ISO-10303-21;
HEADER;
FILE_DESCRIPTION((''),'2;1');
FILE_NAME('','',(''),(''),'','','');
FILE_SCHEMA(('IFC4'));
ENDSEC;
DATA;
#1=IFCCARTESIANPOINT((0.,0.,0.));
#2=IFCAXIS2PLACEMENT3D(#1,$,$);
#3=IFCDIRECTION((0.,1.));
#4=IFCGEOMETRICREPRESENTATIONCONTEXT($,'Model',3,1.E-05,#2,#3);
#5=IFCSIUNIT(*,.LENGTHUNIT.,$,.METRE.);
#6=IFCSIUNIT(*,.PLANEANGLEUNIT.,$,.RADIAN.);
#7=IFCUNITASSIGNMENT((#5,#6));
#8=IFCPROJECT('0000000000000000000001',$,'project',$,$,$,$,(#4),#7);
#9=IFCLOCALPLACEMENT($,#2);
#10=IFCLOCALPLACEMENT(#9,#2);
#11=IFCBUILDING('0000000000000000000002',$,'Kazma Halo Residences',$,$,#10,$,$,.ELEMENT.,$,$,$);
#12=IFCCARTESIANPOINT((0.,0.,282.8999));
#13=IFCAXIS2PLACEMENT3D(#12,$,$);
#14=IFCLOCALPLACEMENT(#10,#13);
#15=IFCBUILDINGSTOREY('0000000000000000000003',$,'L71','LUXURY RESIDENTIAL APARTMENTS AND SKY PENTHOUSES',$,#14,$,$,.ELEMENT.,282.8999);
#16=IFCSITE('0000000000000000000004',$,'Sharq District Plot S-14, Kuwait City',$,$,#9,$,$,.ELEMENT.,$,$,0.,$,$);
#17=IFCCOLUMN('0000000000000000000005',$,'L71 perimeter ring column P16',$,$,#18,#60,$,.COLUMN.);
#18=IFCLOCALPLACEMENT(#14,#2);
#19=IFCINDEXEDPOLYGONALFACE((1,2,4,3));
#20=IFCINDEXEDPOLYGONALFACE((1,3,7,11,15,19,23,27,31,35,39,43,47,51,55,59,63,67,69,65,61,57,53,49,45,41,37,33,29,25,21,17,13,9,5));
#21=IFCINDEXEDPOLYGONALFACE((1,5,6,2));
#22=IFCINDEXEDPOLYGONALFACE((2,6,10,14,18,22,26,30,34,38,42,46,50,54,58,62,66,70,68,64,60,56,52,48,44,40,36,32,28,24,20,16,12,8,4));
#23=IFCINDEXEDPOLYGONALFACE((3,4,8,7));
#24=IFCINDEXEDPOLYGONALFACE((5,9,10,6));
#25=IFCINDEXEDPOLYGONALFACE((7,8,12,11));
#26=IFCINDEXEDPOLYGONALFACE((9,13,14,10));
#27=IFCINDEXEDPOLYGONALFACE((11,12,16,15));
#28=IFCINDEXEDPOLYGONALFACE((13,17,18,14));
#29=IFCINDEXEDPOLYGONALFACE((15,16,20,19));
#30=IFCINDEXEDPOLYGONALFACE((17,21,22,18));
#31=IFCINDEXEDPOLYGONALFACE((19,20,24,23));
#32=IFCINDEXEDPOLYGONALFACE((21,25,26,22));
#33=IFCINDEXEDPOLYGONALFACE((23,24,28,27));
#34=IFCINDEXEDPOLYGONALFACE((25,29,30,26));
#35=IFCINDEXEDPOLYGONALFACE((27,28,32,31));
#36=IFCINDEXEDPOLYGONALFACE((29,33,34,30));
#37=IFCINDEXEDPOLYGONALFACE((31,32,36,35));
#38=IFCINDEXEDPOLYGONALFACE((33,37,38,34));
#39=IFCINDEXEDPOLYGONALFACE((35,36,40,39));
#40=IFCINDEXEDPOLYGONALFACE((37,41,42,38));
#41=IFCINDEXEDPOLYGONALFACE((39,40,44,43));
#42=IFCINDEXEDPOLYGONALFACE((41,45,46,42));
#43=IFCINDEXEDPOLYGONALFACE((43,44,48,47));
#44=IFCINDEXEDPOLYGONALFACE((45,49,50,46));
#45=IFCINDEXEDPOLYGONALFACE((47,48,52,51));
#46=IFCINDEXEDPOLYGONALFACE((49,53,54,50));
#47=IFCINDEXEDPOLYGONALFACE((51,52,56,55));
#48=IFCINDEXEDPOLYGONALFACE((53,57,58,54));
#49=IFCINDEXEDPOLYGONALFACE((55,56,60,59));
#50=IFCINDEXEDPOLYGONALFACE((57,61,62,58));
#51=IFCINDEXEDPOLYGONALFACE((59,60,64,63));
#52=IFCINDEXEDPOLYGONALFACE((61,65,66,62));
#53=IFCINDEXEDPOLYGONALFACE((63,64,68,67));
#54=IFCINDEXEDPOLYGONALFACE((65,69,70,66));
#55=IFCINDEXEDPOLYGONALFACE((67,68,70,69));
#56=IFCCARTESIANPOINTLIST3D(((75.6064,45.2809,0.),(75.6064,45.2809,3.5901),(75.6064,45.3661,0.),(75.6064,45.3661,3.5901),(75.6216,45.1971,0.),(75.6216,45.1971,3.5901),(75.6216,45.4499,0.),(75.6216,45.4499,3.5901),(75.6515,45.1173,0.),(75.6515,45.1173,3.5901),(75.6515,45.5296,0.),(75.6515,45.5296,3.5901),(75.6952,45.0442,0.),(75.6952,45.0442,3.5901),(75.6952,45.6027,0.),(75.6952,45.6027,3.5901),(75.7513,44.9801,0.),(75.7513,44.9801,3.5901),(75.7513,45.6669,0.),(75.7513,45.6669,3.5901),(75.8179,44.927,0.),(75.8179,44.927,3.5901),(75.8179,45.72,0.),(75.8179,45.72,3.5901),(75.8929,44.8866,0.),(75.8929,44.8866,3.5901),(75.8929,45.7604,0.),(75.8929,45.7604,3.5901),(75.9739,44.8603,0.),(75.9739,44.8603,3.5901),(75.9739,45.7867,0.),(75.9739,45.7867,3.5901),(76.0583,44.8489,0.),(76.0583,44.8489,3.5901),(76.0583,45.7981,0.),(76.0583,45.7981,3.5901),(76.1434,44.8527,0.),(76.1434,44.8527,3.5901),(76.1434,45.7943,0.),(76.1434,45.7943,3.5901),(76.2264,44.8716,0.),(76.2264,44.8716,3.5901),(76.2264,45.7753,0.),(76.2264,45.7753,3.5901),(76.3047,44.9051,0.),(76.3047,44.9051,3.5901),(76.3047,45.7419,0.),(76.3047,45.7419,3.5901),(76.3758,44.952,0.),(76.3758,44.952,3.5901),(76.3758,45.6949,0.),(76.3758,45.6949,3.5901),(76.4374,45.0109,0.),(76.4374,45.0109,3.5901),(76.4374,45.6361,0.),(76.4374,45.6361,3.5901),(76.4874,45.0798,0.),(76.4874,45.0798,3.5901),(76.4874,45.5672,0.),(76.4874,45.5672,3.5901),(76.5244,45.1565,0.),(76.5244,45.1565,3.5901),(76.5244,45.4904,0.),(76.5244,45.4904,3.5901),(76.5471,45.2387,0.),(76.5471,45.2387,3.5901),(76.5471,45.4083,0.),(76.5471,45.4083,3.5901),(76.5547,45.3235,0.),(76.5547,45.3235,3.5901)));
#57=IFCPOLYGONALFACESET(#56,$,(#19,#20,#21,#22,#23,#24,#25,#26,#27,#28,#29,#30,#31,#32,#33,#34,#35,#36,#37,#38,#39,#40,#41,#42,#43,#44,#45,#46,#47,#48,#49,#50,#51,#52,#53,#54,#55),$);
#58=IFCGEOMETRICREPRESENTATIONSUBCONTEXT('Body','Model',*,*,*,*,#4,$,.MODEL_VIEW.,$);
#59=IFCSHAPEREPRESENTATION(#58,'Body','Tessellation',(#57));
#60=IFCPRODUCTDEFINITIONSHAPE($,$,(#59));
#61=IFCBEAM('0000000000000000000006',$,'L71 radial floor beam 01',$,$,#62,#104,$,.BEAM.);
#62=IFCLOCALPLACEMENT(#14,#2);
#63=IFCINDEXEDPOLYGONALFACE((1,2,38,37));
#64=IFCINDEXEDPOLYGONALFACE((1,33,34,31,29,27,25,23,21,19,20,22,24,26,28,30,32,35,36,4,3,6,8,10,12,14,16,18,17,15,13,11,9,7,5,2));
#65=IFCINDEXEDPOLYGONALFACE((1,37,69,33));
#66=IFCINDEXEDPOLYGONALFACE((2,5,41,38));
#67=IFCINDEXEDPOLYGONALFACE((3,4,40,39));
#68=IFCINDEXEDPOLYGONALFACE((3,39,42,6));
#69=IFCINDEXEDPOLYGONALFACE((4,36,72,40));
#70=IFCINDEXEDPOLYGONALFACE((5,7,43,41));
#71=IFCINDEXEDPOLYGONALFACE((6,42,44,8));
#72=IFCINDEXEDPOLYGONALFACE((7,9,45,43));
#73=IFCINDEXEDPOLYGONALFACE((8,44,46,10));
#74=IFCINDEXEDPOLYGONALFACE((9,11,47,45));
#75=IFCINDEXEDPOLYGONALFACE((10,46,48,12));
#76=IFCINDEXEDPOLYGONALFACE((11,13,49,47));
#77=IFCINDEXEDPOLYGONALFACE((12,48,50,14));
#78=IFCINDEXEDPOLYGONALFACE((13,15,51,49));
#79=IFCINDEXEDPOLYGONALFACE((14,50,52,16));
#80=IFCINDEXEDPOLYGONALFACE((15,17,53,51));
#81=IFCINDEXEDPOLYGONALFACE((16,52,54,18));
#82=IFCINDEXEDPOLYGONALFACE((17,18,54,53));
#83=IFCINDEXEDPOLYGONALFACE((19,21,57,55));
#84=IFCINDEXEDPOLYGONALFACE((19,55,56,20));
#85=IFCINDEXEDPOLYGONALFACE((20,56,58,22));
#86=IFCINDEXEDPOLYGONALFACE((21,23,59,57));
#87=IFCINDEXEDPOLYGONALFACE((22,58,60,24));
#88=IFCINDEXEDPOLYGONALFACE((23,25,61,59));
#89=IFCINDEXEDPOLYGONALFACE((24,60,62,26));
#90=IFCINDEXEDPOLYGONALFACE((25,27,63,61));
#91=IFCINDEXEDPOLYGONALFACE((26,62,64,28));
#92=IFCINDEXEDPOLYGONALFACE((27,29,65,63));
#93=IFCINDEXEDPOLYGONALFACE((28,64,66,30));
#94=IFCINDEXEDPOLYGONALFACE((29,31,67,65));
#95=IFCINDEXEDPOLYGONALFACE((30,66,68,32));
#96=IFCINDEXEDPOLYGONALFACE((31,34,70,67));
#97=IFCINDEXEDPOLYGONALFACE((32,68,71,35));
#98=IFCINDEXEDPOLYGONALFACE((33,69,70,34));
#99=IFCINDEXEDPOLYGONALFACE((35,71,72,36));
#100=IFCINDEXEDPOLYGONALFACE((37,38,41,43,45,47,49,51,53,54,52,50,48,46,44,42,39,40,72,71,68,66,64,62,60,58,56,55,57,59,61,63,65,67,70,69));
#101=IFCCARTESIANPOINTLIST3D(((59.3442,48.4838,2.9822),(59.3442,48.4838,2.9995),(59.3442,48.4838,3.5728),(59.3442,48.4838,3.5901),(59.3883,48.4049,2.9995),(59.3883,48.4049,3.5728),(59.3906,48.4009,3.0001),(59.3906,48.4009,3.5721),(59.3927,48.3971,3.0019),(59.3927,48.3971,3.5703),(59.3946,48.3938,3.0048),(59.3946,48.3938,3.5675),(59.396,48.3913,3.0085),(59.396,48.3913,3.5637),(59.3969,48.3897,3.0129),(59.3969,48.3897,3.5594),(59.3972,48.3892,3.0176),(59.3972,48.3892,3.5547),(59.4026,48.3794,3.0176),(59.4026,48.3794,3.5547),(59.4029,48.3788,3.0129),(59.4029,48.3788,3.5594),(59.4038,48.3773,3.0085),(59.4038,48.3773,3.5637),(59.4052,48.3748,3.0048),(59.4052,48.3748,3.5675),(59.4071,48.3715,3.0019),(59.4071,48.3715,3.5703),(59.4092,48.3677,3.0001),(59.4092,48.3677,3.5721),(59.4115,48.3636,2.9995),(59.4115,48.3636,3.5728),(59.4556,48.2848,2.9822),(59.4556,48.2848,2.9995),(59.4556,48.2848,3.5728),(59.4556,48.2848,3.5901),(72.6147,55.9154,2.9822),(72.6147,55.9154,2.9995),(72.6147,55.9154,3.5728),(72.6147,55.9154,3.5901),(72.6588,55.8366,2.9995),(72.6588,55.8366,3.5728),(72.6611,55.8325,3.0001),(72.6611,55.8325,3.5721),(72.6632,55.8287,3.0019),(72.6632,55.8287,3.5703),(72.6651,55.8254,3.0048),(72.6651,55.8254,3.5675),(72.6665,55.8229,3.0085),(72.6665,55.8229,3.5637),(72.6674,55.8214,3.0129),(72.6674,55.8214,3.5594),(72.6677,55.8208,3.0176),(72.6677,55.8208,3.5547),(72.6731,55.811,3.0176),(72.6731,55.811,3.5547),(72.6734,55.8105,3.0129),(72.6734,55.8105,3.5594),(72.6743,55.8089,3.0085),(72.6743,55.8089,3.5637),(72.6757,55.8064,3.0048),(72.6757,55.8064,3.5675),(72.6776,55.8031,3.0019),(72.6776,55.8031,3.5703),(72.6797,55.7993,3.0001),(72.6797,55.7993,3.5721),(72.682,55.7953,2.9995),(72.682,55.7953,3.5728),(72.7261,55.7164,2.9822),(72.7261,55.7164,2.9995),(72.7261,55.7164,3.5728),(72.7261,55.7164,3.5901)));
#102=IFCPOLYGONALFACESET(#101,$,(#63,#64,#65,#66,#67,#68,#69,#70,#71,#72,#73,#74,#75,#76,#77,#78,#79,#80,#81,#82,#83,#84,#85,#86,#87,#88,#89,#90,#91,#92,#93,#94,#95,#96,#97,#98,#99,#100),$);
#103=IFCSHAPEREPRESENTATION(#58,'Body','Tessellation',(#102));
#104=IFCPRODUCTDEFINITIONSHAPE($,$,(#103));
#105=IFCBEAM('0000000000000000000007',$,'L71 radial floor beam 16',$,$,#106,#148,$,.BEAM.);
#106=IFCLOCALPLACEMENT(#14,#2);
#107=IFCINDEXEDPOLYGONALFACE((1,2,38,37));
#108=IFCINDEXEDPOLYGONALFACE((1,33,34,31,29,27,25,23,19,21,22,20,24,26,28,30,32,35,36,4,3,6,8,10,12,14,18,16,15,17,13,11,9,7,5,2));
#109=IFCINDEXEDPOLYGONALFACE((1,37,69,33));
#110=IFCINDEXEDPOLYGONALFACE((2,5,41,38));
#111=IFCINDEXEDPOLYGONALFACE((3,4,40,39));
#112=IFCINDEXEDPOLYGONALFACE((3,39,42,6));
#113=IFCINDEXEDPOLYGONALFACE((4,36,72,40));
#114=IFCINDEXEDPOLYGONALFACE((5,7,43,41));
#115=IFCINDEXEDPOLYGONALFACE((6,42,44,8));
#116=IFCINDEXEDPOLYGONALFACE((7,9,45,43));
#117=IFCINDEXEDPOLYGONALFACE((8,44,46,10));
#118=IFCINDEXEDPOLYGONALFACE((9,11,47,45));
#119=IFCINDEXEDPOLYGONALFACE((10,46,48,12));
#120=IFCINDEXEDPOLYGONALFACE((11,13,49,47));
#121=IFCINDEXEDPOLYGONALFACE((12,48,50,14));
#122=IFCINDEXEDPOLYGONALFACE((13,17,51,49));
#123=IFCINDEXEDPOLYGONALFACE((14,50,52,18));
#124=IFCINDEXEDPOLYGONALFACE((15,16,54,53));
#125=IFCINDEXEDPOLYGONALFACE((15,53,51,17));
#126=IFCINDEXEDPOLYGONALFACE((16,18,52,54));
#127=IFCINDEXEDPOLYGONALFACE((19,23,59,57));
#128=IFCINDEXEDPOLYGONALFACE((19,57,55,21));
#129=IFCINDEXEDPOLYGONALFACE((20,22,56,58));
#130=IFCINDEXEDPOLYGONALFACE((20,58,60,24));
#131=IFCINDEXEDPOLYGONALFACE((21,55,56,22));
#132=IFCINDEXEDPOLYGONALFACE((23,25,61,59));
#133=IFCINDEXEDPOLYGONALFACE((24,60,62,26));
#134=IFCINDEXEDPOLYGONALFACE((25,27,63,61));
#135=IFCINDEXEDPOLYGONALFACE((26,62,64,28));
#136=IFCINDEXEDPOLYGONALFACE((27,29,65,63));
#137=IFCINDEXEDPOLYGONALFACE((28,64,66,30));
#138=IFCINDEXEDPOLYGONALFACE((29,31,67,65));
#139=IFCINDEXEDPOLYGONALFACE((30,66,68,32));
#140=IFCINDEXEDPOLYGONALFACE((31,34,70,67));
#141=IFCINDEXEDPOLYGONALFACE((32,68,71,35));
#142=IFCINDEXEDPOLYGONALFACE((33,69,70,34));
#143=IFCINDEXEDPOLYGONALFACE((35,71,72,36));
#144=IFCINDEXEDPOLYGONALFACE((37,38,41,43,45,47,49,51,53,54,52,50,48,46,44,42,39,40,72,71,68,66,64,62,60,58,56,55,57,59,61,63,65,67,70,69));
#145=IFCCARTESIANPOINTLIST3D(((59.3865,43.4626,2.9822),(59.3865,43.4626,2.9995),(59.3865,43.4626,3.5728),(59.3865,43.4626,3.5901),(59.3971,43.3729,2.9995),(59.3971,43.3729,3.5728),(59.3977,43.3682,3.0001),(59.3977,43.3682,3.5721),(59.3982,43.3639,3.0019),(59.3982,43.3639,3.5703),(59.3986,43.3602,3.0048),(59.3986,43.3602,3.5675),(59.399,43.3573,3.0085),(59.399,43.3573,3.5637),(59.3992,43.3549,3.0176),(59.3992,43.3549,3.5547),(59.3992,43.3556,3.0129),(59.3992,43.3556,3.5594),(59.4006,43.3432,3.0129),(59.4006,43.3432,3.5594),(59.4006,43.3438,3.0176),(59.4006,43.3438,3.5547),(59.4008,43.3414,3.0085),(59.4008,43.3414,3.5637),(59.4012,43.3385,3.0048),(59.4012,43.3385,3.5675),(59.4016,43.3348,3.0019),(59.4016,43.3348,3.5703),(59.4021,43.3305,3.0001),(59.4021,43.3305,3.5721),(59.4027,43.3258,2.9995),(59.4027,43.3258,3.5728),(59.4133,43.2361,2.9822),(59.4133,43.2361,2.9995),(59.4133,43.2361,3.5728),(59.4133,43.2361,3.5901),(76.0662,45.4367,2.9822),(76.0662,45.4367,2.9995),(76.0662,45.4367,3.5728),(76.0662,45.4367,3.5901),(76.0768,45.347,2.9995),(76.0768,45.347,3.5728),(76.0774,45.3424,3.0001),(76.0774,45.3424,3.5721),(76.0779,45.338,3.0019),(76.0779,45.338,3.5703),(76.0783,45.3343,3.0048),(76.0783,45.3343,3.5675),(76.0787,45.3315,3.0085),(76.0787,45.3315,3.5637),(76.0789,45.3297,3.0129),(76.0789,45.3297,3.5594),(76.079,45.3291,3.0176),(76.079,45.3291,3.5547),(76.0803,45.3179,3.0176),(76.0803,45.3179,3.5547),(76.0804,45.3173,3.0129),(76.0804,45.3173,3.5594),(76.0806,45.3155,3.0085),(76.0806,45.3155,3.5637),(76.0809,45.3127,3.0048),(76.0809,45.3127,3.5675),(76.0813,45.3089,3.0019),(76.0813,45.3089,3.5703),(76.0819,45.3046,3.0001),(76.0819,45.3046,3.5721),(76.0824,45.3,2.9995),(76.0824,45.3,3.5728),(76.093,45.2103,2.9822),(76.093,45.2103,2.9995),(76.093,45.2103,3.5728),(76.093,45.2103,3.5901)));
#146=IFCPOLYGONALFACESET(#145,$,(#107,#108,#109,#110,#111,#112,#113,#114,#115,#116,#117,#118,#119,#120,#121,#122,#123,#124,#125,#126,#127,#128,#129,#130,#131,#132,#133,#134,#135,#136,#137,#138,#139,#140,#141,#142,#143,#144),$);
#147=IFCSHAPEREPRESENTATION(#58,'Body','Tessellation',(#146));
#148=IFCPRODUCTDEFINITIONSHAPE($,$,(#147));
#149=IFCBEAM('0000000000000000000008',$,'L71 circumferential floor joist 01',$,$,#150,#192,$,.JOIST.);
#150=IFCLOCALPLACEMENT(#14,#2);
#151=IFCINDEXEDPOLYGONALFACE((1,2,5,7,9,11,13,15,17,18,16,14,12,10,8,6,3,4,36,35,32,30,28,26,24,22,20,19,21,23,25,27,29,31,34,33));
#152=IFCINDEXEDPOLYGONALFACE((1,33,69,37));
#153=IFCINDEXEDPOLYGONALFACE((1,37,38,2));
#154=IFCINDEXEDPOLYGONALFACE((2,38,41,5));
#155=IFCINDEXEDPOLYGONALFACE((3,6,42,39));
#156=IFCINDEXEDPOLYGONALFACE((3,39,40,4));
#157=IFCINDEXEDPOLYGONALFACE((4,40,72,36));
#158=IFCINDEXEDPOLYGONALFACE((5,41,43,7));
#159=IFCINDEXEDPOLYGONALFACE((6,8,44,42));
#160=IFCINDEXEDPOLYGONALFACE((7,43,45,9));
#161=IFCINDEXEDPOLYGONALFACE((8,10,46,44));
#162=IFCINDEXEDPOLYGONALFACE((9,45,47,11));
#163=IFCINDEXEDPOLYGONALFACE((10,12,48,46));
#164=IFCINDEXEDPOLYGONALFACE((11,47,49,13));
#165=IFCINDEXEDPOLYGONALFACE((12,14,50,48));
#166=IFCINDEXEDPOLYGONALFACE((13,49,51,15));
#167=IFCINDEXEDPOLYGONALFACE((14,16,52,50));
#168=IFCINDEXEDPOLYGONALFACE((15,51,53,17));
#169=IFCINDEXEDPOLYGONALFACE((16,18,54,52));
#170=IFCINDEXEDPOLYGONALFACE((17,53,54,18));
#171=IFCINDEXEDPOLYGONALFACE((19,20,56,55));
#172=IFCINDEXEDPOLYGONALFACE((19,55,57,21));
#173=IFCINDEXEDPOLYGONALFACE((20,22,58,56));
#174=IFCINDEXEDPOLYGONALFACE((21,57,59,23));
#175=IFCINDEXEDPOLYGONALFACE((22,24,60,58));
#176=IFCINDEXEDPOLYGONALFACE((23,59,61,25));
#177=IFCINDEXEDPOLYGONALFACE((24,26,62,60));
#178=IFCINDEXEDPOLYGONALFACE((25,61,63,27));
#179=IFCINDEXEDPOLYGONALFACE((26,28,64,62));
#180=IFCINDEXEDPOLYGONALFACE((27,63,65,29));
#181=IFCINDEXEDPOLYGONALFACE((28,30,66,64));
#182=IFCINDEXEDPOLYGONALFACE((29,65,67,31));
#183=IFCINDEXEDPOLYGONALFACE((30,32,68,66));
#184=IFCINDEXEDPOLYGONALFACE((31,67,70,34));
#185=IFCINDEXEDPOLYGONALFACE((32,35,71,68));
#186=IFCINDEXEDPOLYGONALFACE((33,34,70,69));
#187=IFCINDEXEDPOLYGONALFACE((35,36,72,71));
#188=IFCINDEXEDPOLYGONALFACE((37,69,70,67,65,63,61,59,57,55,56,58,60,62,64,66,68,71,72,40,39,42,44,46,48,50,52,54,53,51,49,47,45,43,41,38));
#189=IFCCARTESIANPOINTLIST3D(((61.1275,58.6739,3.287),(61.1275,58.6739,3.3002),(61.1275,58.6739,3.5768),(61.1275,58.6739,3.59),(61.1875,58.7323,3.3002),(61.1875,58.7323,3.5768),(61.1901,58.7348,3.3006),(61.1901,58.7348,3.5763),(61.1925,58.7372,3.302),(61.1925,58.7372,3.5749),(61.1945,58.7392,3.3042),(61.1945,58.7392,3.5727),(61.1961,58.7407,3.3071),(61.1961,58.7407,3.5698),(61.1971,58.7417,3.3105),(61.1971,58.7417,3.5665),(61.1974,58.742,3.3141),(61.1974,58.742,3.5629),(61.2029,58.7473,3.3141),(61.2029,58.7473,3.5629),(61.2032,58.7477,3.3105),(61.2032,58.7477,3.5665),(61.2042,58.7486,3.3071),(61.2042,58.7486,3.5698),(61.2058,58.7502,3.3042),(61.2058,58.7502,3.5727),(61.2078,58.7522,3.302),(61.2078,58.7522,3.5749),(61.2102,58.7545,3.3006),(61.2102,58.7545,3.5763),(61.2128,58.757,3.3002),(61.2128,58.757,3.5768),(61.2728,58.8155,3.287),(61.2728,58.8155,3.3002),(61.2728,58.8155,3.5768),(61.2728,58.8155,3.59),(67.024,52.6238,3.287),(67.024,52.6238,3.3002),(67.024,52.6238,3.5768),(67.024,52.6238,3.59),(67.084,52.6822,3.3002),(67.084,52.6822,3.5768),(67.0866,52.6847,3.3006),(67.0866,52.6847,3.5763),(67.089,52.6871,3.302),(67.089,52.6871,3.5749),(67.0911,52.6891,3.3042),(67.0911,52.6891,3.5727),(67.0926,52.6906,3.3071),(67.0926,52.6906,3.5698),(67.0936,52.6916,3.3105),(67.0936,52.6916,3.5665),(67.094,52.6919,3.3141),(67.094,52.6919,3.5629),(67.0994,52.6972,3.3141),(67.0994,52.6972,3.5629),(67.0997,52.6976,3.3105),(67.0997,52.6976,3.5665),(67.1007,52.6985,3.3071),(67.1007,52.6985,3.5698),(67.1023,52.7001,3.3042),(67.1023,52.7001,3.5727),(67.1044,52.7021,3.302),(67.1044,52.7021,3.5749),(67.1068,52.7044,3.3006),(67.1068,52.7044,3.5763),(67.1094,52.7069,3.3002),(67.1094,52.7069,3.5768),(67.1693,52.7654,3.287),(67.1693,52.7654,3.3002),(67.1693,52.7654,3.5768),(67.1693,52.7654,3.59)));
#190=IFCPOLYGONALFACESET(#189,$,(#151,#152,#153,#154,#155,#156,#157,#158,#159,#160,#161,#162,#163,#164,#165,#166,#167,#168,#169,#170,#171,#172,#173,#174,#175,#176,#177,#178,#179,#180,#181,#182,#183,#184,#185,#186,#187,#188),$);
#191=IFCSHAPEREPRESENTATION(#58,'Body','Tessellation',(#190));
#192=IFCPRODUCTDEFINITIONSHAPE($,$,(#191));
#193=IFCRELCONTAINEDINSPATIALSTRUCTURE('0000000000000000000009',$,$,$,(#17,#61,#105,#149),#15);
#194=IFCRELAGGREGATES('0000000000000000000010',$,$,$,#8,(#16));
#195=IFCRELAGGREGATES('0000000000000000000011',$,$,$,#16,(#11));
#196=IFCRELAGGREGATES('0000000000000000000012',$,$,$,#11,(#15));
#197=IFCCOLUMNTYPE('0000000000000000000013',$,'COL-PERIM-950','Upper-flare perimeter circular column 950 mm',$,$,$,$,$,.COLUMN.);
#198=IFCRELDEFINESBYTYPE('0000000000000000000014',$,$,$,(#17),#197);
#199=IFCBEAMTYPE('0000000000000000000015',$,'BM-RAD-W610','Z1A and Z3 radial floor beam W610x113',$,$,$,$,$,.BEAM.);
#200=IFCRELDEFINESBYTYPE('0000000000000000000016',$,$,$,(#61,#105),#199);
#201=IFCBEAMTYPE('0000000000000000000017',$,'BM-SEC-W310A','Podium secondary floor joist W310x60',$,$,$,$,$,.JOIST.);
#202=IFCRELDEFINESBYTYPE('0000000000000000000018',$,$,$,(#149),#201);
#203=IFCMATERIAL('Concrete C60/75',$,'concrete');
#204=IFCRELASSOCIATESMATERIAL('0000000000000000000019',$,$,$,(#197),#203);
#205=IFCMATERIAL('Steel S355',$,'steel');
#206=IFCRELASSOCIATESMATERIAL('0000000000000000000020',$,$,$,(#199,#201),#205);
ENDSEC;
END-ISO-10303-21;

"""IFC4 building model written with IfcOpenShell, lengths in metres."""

from ifc_helpers import new_model, si_unit, direction, frame, origin, origin_2d, place, context, subcontext, project, spatial, circle, i_section, extrude, material, material_profile, profile_set, type_object, element, save


model = new_model("IFC4")

# Units and contexts
model_context = context("Model", 3, precision=1e-05, world=origin(), true_north=direction((0.0, 1.0)))
body_context = subcontext(model_context, "Body", "Model", "MODEL_VIEW")
ifc_project = project(units=[si_unit("LENGTHUNIT", "METRE"), si_unit("PLANEANGLEUNIT", "RADIAN")], contexts=[model_context])

# Site, building, storey
site_placement = place(None, origin())
site = spatial("IfcSite", under=ifc_project, at=site_placement, Name="Sharq District Plot S-14, Kuwait City", CompositionType="ELEMENT", RefElevation=0.0)
building_placement = place(site_placement, origin())
building = spatial("IfcBuilding", under=site, at=building_placement, Name="Kazma Halo Residences", CompositionType="ELEMENT")
storey_placement = place(building_placement, frame((0.0, 0.0, 282.8999)))
storey = spatial("IfcBuildingStorey", under=building, at=storey_placement, Name="L71", Description="LUXURY RESIDENTIAL APARTMENTS AND SKY PENTHOUSES", CompositionType="ELEMENT", Elevation=282.8999)

# Column
ifc_material_1 = material(Name="Concrete C60/75", Category="concrete")
ifc_material_profile_1 = material_profile(ifc_material_1, circle(Radius=0.4751, at=origin_2d()), Name="CIRC950")
ifc_profile_set_1 = profile_set([ifc_material_profile_1], Name="Concrete C60/75")
column_type = type_object("IfcColumnType", Name="COL-PERIM-950", Description="Upper-flare perimeter circular column 950 mm", PredefinedType="COLUMN", material=ifc_profile_set_1)
column_placement = place(storey_placement, frame((76.0796, 45.3235, 0.0), z_axis=(0.0, 0.0, 1.0), x_axis=(1.0, 0.0, 0.0)))
element("IfcColumn", 1, at=column_placement, inside=storey, type_object=column_type, Name="L71 perimeter ring column P16", PredefinedType="COLUMN", context=body_context, shape_type="SweptSolid", body=[
    extrude(circle(Radius=0.4751, at=origin_2d()), origin(), (0.0, 0.0, 1.0), 3.5901),
])

# Beams
ifc_material_2 = material(Name="Steel S355", Category="steel")
ifc_material_profile_2 = material_profile(ifc_material_2, i_section(OverallWidth=0.228, OverallDepth=0.6079, WebThickness=0.0112, FlangeThickness=0.0173, FilletRadius=0.0181, at=origin_2d()), Name="W610x113")
ifc_profile_set_2 = profile_set([ifc_material_profile_2], Name="Steel S355")
beam_type_1 = type_object("IfcBeamType", Name="BM-RAD-W610", Description="Z1A and Z3 radial floor beam W610x113", PredefinedType="BEAM", material=ifc_profile_set_2)
beam_1_placement = place(storey_placement, frame((59.3999, 48.3843, 3.2861), z_axis=(0.872502, 0.488611, 0.0), x_axis=(-0.488611, 0.872502, 0.0)))
element("IfcBeam", 2, at=beam_1_placement, inside=storey, type_object=beam_type_1, Name="L71 radial floor beam 01", PredefinedType="BEAM", context=body_context, shape_type="SweptSolid", body=[
    extrude(i_section(OverallWidth=0.228, OverallDepth=0.6079, WebThickness=0.0112, FlangeThickness=0.0173, FilletRadius=0.0181, at=origin_2d()), origin(), (0.0, 0.0, 1.0), 15.2097),
])
beam_2_placement = place(storey_placement, frame((59.3999, 43.3494, 3.2861), z_axis=(0.993069, 0.117534, 0.0), x_axis=(-0.117534, 0.993069, 0.0)))
element("IfcBeam", 3, at=beam_2_placement, inside=storey, type_object=beam_type_1, Name="L71 radial floor beam 16", PredefinedType="BEAM", context=body_context, shape_type="SweptSolid", body=[
    extrude(i_section(OverallWidth=0.228, OverallDepth=0.6079, WebThickness=0.0112, FlangeThickness=0.0173, FilletRadius=0.0181, at=origin_2d()), origin(), (0.0, 0.0, 1.0), 16.7961),
])
ifc_material_profile_3 = material_profile(ifc_material_2, i_section(OverallWidth=0.2029, OverallDepth=0.303, WebThickness=0.0076, FlangeThickness=0.0132, FilletRadius=0.0139, at=origin_2d()), Name="W310x60")
ifc_profile_set_3 = profile_set([ifc_material_profile_3], Name="Steel S355")
beam_type_2 = type_object("IfcBeamType", Name="BM-SEC-W310A", Description="Podium secondary floor joist W310x60", PredefinedType="JOIST", material=ifc_profile_set_3)
beam_3_placement = place(storey_placement, frame((67.0967, 52.6946, 3.4385), z_axis=(-0.69796, 0.716137, 0.0), x_axis=(-0.716137, -0.69796, 0.0)))
element("IfcBeam", 4, at=beam_3_placement, inside=storey, type_object=beam_type_2, Name="L71 circumferential floor joist 01", PredefinedType="JOIST", context=body_context, shape_type="SweptSolid", body=[
    extrude(i_section(OverallWidth=0.2029, OverallDepth=0.303, WebThickness=0.0076, FlangeThickness=0.0132, FilletRadius=0.0139, at=origin_2d()), origin(), (0.0, 0.0, 1.0), 8.4482),
])

save(model, "model.ifc")
